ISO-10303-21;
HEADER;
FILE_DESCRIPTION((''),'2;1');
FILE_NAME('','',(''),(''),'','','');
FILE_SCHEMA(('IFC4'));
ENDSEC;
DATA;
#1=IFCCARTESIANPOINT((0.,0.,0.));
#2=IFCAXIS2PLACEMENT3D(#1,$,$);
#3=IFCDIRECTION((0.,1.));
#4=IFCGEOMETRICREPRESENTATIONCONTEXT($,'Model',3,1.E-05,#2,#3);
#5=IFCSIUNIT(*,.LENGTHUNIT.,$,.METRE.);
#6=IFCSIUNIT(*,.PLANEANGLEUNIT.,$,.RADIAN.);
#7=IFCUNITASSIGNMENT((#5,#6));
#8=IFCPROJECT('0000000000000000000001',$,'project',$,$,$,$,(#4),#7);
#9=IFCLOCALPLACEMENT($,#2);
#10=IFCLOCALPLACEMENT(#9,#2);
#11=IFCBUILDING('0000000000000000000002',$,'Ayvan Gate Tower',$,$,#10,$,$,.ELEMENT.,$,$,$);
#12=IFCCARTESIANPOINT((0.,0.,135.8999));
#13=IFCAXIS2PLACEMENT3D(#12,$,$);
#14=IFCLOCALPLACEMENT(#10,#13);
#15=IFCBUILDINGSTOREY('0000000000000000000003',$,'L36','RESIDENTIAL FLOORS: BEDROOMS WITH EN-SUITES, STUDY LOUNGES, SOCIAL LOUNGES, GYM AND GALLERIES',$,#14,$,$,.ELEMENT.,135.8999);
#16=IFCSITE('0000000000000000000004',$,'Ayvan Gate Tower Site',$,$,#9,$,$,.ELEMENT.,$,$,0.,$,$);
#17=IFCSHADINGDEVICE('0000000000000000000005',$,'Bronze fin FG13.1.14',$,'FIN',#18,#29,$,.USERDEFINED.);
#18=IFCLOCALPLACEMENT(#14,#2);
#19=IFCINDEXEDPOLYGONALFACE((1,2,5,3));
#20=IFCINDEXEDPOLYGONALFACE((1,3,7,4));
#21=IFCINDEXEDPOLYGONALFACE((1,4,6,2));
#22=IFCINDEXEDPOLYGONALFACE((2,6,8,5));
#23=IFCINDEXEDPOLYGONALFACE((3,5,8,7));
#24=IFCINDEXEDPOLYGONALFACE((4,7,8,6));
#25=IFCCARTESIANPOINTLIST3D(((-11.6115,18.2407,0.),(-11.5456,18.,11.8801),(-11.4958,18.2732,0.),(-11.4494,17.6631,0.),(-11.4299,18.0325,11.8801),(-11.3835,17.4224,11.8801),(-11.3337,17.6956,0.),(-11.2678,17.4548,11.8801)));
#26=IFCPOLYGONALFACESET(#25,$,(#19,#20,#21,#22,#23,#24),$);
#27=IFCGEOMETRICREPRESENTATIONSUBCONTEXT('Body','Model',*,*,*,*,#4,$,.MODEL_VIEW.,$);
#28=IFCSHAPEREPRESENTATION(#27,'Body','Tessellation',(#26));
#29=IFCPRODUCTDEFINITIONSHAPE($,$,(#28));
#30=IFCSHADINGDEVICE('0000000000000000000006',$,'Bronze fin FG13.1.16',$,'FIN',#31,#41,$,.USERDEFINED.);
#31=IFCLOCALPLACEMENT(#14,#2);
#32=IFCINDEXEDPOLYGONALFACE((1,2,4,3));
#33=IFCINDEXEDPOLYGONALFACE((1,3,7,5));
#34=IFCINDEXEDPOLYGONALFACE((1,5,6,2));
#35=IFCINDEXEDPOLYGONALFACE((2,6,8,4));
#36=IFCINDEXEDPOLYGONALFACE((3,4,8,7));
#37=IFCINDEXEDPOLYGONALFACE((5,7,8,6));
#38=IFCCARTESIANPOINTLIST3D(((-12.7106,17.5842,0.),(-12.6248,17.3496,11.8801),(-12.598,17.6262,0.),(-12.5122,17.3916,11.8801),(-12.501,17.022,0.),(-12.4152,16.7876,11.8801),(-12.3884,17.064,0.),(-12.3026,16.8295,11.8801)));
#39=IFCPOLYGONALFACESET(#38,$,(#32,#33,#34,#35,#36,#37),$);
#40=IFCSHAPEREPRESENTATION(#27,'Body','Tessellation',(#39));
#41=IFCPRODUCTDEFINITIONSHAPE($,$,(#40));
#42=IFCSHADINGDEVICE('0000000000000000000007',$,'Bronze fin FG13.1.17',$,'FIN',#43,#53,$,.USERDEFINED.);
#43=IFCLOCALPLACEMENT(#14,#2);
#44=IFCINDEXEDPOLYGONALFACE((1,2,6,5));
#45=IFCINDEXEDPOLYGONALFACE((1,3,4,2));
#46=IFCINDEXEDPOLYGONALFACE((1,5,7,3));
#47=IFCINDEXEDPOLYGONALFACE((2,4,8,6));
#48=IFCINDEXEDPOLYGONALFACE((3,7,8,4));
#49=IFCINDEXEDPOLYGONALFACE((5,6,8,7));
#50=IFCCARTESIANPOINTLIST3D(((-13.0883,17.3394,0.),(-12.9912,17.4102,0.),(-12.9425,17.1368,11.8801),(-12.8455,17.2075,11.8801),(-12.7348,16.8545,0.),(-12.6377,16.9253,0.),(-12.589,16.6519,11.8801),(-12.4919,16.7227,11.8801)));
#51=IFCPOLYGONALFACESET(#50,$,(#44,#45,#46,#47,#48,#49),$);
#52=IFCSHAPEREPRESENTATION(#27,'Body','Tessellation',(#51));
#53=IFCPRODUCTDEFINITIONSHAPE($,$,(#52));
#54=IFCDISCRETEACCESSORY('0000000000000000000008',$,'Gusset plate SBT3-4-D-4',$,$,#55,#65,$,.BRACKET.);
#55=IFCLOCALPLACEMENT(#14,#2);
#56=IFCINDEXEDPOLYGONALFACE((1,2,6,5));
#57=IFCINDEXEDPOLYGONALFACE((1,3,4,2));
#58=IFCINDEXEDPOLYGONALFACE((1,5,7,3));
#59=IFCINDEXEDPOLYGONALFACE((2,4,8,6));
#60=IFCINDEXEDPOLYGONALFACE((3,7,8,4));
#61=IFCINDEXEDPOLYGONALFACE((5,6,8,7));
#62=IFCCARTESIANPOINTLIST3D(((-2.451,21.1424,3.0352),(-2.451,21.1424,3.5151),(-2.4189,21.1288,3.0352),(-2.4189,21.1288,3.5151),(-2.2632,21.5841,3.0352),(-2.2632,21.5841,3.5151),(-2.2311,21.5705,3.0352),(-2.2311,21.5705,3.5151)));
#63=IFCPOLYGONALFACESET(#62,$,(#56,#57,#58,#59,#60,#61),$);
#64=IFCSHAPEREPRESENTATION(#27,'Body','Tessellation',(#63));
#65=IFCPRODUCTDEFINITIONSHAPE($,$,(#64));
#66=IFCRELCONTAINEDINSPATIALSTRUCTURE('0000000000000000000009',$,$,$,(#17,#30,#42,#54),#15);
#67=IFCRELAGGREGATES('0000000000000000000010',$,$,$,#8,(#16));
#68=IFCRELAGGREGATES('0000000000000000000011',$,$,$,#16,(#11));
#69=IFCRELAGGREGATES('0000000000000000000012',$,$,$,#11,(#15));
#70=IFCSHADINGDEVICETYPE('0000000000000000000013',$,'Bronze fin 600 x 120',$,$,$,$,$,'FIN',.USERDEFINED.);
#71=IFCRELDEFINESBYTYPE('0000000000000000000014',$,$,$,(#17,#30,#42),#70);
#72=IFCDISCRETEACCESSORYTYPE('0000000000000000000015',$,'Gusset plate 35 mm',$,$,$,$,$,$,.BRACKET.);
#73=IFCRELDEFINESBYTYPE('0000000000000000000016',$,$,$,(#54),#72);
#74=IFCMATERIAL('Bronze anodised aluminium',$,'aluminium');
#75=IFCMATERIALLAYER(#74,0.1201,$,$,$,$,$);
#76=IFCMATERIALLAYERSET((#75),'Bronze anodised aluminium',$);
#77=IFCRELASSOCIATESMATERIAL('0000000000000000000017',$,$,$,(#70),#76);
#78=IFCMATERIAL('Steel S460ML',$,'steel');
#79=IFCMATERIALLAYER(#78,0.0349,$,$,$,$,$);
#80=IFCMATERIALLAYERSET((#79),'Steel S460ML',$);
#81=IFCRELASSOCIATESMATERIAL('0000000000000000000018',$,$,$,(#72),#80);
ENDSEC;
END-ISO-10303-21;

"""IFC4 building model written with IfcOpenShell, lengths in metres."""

from ifc_helpers import new_model, si_unit, direction, frame, origin, origin_2d, place, context, subcontext, project, spatial, polyline, rectangle, outline, extrude, material, layer, layer_set, type_object, element, save


model = new_model("IFC4")

# Units and contexts
model_context = context("Model", 3, precision=1e-05, world=origin(), true_north=direction((0.0, 1.0)))
body_context = subcontext(model_context, "Body", "Model", "MODEL_VIEW")
ifc_project = project(units=[si_unit("LENGTHUNIT", "METRE"), si_unit("PLANEANGLEUNIT", "RADIAN")], contexts=[model_context])

# Site, building, storey
site_placement = place(None, origin())
site = spatial("IfcSite", under=ifc_project, at=site_placement, Name="Ayvan Gate Tower Site", CompositionType="ELEMENT", RefElevation=0.0)
building_placement = place(site_placement, origin())
building = spatial("IfcBuilding", under=site, at=building_placement, Name="Ayvan Gate Tower", CompositionType="ELEMENT")
storey_placement = place(building_placement, frame((0.0, 0.0, 135.8999)))
storey = spatial("IfcBuildingStorey", under=building, at=storey_placement, Name="L36", Description="RESIDENTIAL FLOORS: BEDROOMS WITH EN-SUITES, STUDY LOUNGES, SOCIAL LOUNGES, GYM AND GALLERIES", CompositionType="ELEMENT", Elevation=135.8999)

# Shared definitions
ifc_material_1 = material(Name="Bronze anodised aluminium", Category="aluminium")

# Shading devices
ifc_layer_1 = layer(ifc_material_1, 0.1201)
ifc_layer_set_1 = layer_set([ifc_layer_1], Name="Bronze anodised aluminium")
shading_device_type = type_object("IfcShadingDeviceType", Name="Bronze fin 600 x 120", ElementType="FIN", PredefinedType="USERDEFINED", material=ifc_layer_set_1)
shading_device_1_placement = place(storey_placement, frame((-11.3337, 17.6956, 0.0), z_axis=(0.962803, 0.270203, 0.000133), x_axis=(-0.270203, 0.962803, 0.0)))
element("IfcShadingDevice", 1, at=shading_device_1_placement, inside=storey, type_object=shading_device_type, Name="Bronze fin FG13.1.14", ObjectType="FIN", PredefinedType="USERDEFINED", context=body_context, shape_type="SweptSolid", body=[
    extrude(outline(polyline([(0.0, 0.0), (0.6, 0.0), (0.3504, 11.8801), (-0.2496, 11.8801), (0.0, 0.0)])), origin(), (0.0, 0.0, -1.0), 0.1201),
])
shading_device_2_placement = place(storey_placement, frame((-12.3884, 17.064, 0.0), z_axis=(0.936988, 0.349361, 0.000128), x_axis=(-0.349361, 0.936988, 0.0)))
element("IfcShadingDevice", 2, at=shading_device_2_placement, inside=storey, type_object=shading_device_type, Name="Bronze fin FG13.1.16", ObjectType="FIN", PredefinedType="USERDEFINED", context=body_context, shape_type="SweptSolid", body=[
    extrude(outline(polyline([(0.0, 0.0), (0.6, 0.0), (0.3502, 11.8801), (-0.2496, 11.8801), (0.0, 0.0)])), origin(), (0.0, 0.0, -1.0), 0.1201),
])
shading_device_3_placement = place(storey_placement, frame((-12.6377, 16.9253, 0.0), z_axis=(0.808032, 0.589139, 0.000135), x_axis=(-0.589139, 0.808032, 0.0)))
element("IfcShadingDevice", 3, at=shading_device_3_placement, inside=storey, type_object=shading_device_type, Name="Bronze fin FG13.1.17", ObjectType="FIN", PredefinedType="USERDEFINED", context=body_context, shape_type="SweptSolid", body=[
    extrude(outline(polyline([(0.0, 0.0), (0.6001, 0.0), (0.3504, 11.8801), (-0.2496, 11.8801), (0.0, 0.0)])), origin(), (0.0, 0.0, -1.0), 0.1201),
])

# Discrete accessory
ifc_material_2 = material(Name="Steel S460ML", Category="steel")
ifc_layer_2 = layer(ifc_material_2, 0.0349)
ifc_layer_set_2 = layer_set([ifc_layer_2], Name="Steel S460ML")
discrete_accessory_type = type_object("IfcDiscreteAccessoryType", Name="Gusset plate 35 mm", PredefinedType="BRACKET", material=ifc_layer_set_2)
discrete_accessory_placement = place(storey_placement, frame((-2.3411, 21.3564, 3.0352), z_axis=(0.0, 0.0, 1.0), x_axis=(0.391324, 0.920253, 0.0)))
element("IfcDiscreteAccessory", 4, at=discrete_accessory_placement, inside=storey, type_object=discrete_accessory_type, Name="Gusset plate SBT3-4-D-4", PredefinedType="BRACKET", context=body_context, shape_type="SweptSolid", body=[
    extrude(rectangle(XDim=0.48, YDim=0.0349, at=origin_2d()), origin(), (0.0, 0.0, 1.0), 0.48),
])

save(model, "model.ifc")
